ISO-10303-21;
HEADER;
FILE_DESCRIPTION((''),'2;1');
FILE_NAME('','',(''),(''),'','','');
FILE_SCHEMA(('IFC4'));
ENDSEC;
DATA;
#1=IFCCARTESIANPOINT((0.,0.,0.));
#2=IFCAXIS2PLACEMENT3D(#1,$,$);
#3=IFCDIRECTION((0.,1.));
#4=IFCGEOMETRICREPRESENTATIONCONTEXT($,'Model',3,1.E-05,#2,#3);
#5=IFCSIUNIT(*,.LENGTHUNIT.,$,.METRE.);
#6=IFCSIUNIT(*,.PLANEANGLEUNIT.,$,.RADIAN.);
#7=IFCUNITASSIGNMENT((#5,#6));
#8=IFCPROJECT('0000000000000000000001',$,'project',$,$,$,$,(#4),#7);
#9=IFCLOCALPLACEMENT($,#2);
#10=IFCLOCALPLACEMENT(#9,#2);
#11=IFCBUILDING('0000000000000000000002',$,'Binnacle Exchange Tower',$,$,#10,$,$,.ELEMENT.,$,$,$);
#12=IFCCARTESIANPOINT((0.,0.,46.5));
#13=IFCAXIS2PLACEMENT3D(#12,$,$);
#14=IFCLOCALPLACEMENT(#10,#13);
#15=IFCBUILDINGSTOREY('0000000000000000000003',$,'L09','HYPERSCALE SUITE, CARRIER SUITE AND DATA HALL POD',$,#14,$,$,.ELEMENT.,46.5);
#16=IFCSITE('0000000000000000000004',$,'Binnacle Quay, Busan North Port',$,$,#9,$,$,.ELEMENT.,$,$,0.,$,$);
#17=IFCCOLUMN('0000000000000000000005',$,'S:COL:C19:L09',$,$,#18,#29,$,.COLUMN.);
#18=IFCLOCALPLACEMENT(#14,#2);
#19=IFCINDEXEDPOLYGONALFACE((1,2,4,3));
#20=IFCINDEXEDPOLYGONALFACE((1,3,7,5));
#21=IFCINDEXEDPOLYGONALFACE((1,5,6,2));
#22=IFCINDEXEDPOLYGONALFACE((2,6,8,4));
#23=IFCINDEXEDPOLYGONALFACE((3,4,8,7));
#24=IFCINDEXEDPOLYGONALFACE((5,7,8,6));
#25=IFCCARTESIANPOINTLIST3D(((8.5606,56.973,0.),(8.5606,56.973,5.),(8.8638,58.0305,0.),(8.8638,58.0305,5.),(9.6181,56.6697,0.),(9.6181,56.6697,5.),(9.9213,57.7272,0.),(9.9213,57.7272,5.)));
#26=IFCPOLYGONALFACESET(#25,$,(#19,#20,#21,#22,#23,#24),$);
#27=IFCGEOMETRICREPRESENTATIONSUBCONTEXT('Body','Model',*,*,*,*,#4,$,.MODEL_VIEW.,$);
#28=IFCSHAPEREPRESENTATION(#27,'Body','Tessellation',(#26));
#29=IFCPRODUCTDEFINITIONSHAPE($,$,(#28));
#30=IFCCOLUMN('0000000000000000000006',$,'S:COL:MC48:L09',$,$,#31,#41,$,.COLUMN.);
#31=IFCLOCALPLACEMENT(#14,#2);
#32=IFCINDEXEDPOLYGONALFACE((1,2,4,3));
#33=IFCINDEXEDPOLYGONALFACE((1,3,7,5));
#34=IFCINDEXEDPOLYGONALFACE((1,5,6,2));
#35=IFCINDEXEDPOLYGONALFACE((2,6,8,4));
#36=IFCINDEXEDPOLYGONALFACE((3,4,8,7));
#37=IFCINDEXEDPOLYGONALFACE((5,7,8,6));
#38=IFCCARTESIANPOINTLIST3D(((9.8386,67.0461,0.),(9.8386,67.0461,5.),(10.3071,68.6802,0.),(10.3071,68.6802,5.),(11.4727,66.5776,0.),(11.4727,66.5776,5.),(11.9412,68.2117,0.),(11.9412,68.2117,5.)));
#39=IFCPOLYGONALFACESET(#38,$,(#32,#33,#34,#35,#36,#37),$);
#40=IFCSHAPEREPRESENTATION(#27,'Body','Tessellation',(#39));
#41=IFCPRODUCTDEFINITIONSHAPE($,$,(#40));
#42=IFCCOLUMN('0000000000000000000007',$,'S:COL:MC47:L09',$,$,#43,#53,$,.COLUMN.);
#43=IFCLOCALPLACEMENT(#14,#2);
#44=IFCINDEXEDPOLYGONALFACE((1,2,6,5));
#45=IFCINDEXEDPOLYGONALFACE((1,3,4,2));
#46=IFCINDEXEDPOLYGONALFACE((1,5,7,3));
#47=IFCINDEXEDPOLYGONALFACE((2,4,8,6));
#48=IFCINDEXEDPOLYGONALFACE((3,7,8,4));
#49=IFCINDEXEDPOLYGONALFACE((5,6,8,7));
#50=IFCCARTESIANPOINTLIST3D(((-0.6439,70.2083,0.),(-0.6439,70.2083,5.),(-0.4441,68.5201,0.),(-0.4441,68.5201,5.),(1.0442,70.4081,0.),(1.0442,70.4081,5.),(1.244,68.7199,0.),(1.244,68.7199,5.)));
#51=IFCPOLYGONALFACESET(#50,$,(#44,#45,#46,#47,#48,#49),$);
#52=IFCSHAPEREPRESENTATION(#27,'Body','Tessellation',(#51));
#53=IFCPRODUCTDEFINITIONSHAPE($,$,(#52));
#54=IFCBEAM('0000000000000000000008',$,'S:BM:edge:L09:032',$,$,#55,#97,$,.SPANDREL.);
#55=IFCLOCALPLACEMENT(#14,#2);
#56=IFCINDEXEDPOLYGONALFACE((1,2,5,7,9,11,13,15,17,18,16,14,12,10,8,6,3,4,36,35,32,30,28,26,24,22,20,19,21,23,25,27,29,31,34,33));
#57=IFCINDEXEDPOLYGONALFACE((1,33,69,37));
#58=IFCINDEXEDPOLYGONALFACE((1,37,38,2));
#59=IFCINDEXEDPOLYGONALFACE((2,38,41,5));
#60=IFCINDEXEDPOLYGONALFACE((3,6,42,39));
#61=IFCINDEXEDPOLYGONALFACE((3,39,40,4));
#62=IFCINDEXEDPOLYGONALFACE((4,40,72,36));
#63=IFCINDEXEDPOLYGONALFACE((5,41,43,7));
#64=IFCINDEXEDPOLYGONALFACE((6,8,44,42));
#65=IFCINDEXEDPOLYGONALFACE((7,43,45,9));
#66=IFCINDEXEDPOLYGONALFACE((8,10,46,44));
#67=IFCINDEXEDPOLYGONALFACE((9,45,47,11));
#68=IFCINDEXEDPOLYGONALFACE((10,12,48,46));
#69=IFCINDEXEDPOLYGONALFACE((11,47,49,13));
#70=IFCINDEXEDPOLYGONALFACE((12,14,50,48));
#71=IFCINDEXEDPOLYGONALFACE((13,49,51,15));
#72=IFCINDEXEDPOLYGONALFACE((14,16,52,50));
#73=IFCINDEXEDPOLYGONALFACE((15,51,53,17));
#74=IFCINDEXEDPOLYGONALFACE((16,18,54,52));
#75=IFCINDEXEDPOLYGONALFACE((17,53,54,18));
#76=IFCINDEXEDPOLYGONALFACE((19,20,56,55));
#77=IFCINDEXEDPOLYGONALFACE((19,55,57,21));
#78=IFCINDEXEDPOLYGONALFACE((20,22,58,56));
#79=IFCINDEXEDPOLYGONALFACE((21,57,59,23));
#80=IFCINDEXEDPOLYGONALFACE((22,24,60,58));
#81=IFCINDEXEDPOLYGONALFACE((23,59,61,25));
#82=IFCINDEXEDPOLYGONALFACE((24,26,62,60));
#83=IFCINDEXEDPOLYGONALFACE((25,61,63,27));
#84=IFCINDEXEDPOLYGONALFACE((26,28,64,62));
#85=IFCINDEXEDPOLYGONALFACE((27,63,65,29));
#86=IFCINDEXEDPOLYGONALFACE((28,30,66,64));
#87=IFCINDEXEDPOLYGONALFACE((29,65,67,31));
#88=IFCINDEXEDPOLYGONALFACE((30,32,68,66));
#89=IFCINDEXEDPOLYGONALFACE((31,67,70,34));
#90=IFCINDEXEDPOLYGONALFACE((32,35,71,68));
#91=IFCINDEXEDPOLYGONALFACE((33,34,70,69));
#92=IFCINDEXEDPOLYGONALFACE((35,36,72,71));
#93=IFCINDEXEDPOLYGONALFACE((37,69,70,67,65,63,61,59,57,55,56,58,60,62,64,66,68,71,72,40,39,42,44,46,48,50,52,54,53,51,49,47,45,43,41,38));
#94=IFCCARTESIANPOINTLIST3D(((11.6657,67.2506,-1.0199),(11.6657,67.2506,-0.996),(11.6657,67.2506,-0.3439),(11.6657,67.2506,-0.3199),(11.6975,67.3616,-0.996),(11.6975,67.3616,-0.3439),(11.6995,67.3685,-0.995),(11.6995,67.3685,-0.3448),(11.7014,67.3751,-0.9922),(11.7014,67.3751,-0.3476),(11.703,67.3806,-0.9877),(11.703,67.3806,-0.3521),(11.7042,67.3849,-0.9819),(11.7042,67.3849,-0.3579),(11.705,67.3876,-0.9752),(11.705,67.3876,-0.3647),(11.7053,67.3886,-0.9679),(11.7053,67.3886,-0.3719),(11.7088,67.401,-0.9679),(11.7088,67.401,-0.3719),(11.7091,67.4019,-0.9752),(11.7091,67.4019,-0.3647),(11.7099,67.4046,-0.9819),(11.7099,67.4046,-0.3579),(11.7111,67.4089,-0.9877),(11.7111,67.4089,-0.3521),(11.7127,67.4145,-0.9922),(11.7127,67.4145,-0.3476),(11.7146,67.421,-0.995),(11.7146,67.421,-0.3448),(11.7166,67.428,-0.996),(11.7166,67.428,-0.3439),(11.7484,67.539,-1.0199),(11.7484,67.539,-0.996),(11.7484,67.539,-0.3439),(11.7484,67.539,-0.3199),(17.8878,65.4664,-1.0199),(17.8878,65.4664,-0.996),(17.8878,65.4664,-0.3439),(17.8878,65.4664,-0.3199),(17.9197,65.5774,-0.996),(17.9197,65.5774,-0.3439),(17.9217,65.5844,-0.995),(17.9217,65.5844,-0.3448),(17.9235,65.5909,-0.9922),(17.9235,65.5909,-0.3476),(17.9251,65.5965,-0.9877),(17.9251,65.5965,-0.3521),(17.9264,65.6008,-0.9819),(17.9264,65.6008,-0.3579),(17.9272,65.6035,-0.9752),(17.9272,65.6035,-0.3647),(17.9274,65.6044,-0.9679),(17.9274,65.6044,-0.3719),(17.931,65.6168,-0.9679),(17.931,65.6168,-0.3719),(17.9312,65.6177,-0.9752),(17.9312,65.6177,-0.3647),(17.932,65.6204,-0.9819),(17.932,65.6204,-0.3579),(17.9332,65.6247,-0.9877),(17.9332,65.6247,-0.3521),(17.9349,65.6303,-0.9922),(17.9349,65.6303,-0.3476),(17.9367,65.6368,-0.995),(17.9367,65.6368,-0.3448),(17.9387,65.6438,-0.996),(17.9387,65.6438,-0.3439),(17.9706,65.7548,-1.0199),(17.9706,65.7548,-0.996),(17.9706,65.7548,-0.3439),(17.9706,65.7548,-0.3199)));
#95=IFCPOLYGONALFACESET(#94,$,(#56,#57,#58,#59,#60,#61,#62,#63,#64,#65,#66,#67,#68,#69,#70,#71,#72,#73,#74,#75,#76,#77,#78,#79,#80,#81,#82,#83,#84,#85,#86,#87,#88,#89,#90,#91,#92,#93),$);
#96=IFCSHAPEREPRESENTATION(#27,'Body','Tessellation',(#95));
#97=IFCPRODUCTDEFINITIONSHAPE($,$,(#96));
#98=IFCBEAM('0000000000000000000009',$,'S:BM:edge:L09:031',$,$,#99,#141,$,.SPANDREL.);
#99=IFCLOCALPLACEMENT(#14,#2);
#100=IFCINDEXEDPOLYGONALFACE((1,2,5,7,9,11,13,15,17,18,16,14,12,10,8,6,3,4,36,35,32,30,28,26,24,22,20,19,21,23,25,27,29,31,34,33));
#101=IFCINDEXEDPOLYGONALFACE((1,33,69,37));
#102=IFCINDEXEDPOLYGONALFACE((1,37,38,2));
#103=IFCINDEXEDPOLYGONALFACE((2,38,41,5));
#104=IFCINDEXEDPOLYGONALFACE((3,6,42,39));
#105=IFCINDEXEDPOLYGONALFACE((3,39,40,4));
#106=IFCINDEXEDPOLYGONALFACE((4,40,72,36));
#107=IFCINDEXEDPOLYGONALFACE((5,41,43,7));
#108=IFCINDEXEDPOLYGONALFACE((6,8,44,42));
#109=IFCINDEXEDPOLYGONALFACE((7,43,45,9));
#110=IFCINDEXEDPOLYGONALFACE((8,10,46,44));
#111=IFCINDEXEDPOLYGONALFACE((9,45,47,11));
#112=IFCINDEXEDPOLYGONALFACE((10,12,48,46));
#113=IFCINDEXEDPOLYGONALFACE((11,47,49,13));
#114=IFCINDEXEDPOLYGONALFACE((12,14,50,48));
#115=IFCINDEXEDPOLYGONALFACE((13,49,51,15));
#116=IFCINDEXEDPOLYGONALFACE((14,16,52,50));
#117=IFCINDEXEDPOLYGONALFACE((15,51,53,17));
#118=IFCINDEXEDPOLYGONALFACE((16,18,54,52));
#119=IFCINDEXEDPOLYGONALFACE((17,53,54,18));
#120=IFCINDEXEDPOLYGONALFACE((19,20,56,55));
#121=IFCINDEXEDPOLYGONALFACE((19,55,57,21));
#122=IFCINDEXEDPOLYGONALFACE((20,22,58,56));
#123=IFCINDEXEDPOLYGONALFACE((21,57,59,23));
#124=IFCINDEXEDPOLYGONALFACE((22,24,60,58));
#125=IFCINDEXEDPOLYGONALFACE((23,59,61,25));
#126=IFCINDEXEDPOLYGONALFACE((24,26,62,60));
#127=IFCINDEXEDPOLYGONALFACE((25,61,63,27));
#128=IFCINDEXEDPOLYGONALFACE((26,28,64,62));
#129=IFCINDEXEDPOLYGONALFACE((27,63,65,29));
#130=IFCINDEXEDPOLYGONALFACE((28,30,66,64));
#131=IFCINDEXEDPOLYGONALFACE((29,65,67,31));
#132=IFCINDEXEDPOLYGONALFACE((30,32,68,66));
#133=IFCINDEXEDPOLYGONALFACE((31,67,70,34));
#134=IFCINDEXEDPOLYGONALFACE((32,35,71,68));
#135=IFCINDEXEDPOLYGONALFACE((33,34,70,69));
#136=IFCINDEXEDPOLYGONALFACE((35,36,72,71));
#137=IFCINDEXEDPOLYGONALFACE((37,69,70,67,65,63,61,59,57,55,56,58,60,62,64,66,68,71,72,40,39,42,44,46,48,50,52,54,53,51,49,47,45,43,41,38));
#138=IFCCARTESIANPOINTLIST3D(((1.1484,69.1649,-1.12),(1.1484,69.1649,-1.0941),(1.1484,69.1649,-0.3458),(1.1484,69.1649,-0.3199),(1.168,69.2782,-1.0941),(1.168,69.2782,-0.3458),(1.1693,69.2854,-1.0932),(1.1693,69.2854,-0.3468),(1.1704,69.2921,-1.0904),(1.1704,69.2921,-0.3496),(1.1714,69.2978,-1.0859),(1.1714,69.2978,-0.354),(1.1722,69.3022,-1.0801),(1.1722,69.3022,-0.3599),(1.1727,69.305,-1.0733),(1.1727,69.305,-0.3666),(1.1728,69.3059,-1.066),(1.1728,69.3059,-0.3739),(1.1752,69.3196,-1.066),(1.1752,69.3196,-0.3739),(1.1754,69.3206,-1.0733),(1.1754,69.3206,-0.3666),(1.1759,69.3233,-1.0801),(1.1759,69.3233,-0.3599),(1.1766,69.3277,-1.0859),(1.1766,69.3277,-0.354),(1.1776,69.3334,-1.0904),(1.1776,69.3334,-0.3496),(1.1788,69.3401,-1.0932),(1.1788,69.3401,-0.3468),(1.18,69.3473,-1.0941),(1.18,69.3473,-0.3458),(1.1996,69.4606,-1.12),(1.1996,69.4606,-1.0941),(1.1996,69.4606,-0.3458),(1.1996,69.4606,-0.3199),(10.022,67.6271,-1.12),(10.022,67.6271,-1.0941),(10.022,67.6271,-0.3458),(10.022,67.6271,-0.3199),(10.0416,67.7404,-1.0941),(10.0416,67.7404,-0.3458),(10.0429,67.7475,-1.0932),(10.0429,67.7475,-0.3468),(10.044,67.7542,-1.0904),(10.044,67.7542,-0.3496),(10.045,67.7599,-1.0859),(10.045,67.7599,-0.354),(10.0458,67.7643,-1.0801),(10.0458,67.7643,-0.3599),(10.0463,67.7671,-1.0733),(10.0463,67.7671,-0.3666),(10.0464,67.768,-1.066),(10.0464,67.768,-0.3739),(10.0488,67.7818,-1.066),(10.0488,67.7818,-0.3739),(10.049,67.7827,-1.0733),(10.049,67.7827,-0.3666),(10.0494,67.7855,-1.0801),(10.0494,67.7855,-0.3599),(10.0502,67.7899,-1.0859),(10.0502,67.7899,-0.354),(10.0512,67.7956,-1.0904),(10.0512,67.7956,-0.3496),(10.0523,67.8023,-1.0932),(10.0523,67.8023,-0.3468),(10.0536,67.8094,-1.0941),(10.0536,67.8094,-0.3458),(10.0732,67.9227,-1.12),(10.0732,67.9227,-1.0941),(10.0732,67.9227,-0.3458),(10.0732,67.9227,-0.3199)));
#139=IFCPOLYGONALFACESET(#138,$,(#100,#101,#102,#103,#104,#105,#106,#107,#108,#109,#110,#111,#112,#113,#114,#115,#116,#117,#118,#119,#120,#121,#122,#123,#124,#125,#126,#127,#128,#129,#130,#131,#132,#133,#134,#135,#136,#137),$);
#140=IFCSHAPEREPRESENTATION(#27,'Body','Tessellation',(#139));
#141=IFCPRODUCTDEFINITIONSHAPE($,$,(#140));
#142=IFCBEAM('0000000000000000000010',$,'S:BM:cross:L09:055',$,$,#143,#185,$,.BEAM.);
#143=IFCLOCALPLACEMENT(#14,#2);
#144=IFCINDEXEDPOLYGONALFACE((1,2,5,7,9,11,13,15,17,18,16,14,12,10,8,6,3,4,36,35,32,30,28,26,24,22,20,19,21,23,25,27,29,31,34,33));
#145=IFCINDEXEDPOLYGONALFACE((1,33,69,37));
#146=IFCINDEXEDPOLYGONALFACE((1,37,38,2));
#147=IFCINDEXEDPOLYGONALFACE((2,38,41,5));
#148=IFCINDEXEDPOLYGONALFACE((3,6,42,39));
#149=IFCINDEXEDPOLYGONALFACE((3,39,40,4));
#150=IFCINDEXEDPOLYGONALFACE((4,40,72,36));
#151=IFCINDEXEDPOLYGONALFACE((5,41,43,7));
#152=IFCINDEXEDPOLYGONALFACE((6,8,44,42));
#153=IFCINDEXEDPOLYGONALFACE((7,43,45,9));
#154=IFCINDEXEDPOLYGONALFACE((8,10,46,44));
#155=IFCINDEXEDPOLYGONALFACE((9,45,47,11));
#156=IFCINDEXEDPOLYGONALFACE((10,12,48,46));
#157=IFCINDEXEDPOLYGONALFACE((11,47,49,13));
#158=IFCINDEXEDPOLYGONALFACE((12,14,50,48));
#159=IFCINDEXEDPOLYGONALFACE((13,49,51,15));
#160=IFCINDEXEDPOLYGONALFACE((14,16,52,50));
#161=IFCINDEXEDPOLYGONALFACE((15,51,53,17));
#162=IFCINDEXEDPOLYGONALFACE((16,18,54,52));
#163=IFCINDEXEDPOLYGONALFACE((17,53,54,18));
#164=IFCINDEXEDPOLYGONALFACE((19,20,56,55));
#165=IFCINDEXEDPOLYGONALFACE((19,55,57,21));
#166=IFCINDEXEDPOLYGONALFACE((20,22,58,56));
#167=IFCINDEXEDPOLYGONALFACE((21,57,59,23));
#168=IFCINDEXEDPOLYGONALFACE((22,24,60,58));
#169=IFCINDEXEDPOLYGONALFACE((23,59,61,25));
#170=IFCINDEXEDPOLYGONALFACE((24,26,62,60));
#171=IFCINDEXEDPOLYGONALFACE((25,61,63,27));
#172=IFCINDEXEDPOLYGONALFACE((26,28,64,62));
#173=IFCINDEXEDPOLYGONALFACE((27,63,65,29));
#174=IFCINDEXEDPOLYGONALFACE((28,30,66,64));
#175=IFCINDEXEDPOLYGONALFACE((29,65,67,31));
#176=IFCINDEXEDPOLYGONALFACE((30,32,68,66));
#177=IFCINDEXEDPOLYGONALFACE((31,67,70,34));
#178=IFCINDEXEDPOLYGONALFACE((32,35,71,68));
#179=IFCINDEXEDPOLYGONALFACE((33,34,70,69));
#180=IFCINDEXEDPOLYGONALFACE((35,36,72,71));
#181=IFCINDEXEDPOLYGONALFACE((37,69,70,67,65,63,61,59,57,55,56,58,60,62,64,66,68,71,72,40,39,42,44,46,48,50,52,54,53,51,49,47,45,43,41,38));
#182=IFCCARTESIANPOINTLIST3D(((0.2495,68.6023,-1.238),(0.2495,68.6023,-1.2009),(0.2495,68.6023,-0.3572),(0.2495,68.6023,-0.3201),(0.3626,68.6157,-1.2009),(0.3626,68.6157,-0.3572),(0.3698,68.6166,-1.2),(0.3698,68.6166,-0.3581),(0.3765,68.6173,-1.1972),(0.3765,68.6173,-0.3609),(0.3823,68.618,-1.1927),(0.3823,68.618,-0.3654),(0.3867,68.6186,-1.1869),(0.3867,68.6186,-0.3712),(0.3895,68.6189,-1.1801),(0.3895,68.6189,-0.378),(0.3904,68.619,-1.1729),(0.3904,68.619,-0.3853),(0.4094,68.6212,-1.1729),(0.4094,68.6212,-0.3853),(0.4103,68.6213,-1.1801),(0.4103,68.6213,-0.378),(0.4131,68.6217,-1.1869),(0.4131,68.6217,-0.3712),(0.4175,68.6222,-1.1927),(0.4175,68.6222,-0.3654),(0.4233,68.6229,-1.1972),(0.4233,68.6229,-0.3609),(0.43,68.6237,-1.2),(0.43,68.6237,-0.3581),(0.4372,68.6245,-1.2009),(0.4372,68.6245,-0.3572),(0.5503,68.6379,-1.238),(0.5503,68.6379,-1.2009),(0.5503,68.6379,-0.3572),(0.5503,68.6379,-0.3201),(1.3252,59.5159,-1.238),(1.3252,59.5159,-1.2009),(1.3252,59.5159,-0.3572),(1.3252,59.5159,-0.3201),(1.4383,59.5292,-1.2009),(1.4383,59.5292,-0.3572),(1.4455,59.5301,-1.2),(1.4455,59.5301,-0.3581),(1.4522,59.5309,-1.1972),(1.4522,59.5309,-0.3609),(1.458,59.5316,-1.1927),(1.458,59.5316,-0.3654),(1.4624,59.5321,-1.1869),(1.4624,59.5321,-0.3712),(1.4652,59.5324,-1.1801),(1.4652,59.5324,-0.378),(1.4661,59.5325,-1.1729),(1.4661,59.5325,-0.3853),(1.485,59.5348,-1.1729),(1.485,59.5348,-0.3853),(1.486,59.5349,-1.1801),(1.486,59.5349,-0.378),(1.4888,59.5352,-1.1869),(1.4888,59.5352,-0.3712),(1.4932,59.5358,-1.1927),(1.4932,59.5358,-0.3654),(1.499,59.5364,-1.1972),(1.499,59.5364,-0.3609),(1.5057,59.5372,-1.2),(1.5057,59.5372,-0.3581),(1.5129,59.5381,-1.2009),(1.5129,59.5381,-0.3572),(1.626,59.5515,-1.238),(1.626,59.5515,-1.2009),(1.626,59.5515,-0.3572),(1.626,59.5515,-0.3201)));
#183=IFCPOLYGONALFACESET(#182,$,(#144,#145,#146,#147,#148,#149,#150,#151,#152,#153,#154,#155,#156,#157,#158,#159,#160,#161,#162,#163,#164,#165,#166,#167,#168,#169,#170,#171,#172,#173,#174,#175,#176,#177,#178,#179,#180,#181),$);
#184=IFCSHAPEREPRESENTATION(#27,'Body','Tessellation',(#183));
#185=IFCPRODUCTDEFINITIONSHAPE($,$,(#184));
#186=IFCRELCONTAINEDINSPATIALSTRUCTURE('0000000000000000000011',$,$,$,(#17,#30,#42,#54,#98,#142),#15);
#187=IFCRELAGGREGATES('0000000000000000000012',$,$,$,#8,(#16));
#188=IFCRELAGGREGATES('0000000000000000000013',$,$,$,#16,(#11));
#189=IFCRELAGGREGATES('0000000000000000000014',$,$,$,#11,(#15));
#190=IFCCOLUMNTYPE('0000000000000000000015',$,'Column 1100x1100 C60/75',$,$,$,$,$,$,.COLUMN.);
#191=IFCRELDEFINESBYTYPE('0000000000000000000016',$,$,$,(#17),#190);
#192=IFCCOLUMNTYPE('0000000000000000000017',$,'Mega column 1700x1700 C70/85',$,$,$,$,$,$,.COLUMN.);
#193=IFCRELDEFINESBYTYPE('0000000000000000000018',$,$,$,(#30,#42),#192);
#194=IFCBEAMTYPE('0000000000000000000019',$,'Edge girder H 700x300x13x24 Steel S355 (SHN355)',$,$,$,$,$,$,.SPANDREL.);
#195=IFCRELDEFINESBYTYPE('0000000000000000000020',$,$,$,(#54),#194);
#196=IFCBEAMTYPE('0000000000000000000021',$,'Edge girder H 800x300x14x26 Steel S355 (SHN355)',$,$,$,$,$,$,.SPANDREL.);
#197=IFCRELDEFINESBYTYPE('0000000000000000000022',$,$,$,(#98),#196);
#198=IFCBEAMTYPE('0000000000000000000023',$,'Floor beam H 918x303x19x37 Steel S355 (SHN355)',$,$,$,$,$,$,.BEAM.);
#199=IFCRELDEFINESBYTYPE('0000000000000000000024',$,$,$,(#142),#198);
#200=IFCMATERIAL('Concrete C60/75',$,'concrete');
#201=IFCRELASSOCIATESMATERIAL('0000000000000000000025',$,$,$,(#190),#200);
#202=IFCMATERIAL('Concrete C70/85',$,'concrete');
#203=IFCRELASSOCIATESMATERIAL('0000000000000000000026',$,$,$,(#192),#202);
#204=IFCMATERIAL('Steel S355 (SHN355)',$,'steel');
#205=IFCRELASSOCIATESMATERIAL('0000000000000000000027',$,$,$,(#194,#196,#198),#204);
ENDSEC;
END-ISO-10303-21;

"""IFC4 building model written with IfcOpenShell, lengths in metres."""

from ifc_helpers import new_model, si_unit, direction, frame, origin, origin_2d, place, context, subcontext, project, spatial, rectangle, i_section, extrude, material, material_profile, profile_set, type_object, element, save


model = new_model("IFC4")

# Units and contexts
model_context = context("Model", 3, precision=1e-05, world=origin(), true_north=direction((0.0, 1.0)))
body_context = subcontext(model_context, "Body", "Model", "MODEL_VIEW")
ifc_project = project(units=[si_unit("LENGTHUNIT", "METRE"), si_unit("PLANEANGLEUNIT", "RADIAN")], contexts=[model_context])

# Site, building, storey
site_placement = place(None, origin())
site = spatial("IfcSite", under=ifc_project, at=site_placement, Name="Binnacle Quay, Busan North Port", CompositionType="ELEMENT", RefElevation=0.0)
building_placement = place(site_placement, origin())
building = spatial("IfcBuilding", under=site, at=building_placement, Name="Binnacle Exchange Tower", CompositionType="ELEMENT")
storey_placement = place(building_placement, frame((0.0, 0.0, 46.5)))
storey = spatial("IfcBuildingStorey", under=building, at=storey_placement, Name="L09", Description="HYPERSCALE SUITE, CARRIER SUITE AND DATA HALL POD", CompositionType="ELEMENT", Elevation=46.5)

# Columns
ifc_material_1 = material(Name="Concrete C60/75", Category="concrete")
ifc_material_profile_1 = material_profile(ifc_material_1, rectangle(XDim=1.1001, YDim=1.1001, at=origin_2d()), Name="Column 1100x1100 C60/75")
ifc_profile_set_1 = profile_set([ifc_material_profile_1], Name="Concrete C60/75")
column_type_1 = type_object("IfcColumnType", Name="Column 1100x1100 C60/75", PredefinedType="COLUMN", material=ifc_profile_set_1)
column_placement = place(storey_placement, frame((9.241, 57.3501, 0.0), z_axis=(0.0, 0.0, 1.0), x_axis=(0.961262, -0.275637, 0.0)))
element("IfcColumn", 1, at=column_placement, inside=storey, type_object=column_type_1, Name="S:COL:C19:L09", PredefinedType="COLUMN", context=body_context, shape_type="SweptSolid", body=[
    extrude(rectangle(XDim=1.1001, YDim=1.1001, at=origin_2d()), origin(), (0.0, 0.0, 1.0), 5.0),
])
ifc_material_2 = material(Name="Concrete C70/85", Category="concrete")
ifc_material_profile_2 = material_profile(ifc_material_2, rectangle(XDim=1.7, YDim=1.7, at=origin_2d()), Name="Mega column 1700x1700 C70/85")
ifc_profile_set_2 = profile_set([ifc_material_profile_2], Name="Concrete C70/85")
column_type_2 = type_object("IfcColumnType", Name="Mega column 1700x1700 C70/85", PredefinedType="COLUMN", material=ifc_profile_set_2)
for number, where, z_axis, x_axis, name in (
    (2, (10.8899, 67.6289, 0.0), (0.0, 0.0, 1.0), (-0.961262, 0.275637, 0.0), "S:COL:MC48:L09"),
    (3, (0.3, 69.4641, 0.0), (0.0, 0.0, 1.0), (-0.993068, -0.117537, 0.0), "S:COL:MC47:L09"),
):
    element("IfcColumn", number, at=place(storey_placement, frame(where, z_axis=z_axis, x_axis=x_axis)), inside=storey, type_object=column_type_2, Name=name, PredefinedType="COLUMN", context=body_context, shape_type="SweptSolid", body=[
        extrude(rectangle(XDim=1.7, YDim=1.7, at=origin_2d()), origin(), (0.0, 0.0, 1.0), 5.0),
    ])

# Beams
ifc_material_3 = material(Name="Steel S355 (SHN355)", Category="steel")
ifc_material_profile_3 = material_profile(ifc_material_3, i_section(OverallWidth=0.3, OverallDepth=0.7, WebThickness=0.0129, FlangeThickness=0.0239, FilletRadius=0.0281, at=origin_2d()), Name="H 700x300x13x24")
ifc_profile_set_3 = profile_set([ifc_material_profile_3], Name="Steel S355 (SHN355)")
beam_type_1 = type_object("IfcBeamType", Name="Edge girder H 700x300x13x24 Steel S355 (SHN355)", PredefinedType="SPANDREL", material=ifc_profile_set_3)
beam_1_placement = place(storey_placement, frame((17.9292, 65.6106, -0.6699), z_axis=(-0.961262, 0.275638, 0.0), x_axis=(-0.275638, -0.961262, 0.0)))
element("IfcBeam", 4, at=beam_1_placement, inside=storey, type_object=beam_type_1, Name="S:BM:edge:L09:032", PredefinedType="SPANDREL", context=body_context, shape_type="SweptSolid", body=[
    extrude(i_section(OverallWidth=0.3, OverallDepth=0.7, WebThickness=0.0129, FlangeThickness=0.0239, FilletRadius=0.0281, at=origin_2d()), origin(), (0.0, 0.0, 1.0), 6.4729),
])
ifc_material_profile_4 = material_profile(ifc_material_3, i_section(OverallWidth=0.3, OverallDepth=0.8, WebThickness=0.0139, FlangeThickness=0.0259, FilletRadius=0.0281, at=origin_2d()), Name="H 800x300x14x26")
ifc_profile_set_4 = profile_set([ifc_material_profile_4], Name="Steel S355 (SHN355)")
beam_type_2 = type_object("IfcBeamType", Name="Edge girder H 800x300x14x26 Steel S355 (SHN355)", PredefinedType="SPANDREL", material=ifc_profile_set_4)
beam_2_placement = place(storey_placement, frame((10.0476, 67.7749, -0.72), z_axis=(-0.985312, 0.170761, 0.0), x_axis=(-0.170761, -0.985312, 0.0)))
element("IfcBeam", 5, at=beam_2_placement, inside=storey, type_object=beam_type_2, Name="S:BM:edge:L09:031", PredefinedType="SPANDREL", context=body_context, shape_type="SweptSolid", body=[
    extrude(i_section(OverallWidth=0.3, OverallDepth=0.8, WebThickness=0.0139, FlangeThickness=0.0259, FilletRadius=0.0281, at=origin_2d()), origin(), (0.0, 0.0, 1.0), 9.0059),
])
ifc_material_profile_5 = material_profile(ifc_material_3, i_section(OverallWidth=0.303, OverallDepth=0.918, WebThickness=0.019, FlangeThickness=0.0371, FilletRadius=0.0281, at=origin_2d()), Name="H 918x303x19x37")
ifc_profile_set_5 = profile_set([ifc_material_profile_5], Name="Steel S355 (SHN355)")
beam_type_3 = type_object("IfcBeamType", Name="Floor beam H 918x303x19x37 Steel S355 (SHN355)", PredefinedType="BEAM", material=ifc_profile_set_5)
beam_3_placement = place(storey_placement, frame((0.3999, 68.6201, -0.7791), z_axis=(0.117563, -0.993065, 0.0), x_axis=(0.993065, 0.117563, 0.0)))
element("IfcBeam", 6, at=beam_3_placement, inside=storey, type_object=beam_type_3, Name="S:BM:cross:L09:055", PredefinedType="BEAM", context=body_context, shape_type="SweptSolid", body=[
    extrude(i_section(OverallWidth=0.303, OverallDepth=0.918, WebThickness=0.019, FlangeThickness=0.0371, FilletRadius=0.0281, at=origin_2d()), origin(), (0.0, 0.0, 1.0), 9.1499),
])

save(model, "model.ifc")
